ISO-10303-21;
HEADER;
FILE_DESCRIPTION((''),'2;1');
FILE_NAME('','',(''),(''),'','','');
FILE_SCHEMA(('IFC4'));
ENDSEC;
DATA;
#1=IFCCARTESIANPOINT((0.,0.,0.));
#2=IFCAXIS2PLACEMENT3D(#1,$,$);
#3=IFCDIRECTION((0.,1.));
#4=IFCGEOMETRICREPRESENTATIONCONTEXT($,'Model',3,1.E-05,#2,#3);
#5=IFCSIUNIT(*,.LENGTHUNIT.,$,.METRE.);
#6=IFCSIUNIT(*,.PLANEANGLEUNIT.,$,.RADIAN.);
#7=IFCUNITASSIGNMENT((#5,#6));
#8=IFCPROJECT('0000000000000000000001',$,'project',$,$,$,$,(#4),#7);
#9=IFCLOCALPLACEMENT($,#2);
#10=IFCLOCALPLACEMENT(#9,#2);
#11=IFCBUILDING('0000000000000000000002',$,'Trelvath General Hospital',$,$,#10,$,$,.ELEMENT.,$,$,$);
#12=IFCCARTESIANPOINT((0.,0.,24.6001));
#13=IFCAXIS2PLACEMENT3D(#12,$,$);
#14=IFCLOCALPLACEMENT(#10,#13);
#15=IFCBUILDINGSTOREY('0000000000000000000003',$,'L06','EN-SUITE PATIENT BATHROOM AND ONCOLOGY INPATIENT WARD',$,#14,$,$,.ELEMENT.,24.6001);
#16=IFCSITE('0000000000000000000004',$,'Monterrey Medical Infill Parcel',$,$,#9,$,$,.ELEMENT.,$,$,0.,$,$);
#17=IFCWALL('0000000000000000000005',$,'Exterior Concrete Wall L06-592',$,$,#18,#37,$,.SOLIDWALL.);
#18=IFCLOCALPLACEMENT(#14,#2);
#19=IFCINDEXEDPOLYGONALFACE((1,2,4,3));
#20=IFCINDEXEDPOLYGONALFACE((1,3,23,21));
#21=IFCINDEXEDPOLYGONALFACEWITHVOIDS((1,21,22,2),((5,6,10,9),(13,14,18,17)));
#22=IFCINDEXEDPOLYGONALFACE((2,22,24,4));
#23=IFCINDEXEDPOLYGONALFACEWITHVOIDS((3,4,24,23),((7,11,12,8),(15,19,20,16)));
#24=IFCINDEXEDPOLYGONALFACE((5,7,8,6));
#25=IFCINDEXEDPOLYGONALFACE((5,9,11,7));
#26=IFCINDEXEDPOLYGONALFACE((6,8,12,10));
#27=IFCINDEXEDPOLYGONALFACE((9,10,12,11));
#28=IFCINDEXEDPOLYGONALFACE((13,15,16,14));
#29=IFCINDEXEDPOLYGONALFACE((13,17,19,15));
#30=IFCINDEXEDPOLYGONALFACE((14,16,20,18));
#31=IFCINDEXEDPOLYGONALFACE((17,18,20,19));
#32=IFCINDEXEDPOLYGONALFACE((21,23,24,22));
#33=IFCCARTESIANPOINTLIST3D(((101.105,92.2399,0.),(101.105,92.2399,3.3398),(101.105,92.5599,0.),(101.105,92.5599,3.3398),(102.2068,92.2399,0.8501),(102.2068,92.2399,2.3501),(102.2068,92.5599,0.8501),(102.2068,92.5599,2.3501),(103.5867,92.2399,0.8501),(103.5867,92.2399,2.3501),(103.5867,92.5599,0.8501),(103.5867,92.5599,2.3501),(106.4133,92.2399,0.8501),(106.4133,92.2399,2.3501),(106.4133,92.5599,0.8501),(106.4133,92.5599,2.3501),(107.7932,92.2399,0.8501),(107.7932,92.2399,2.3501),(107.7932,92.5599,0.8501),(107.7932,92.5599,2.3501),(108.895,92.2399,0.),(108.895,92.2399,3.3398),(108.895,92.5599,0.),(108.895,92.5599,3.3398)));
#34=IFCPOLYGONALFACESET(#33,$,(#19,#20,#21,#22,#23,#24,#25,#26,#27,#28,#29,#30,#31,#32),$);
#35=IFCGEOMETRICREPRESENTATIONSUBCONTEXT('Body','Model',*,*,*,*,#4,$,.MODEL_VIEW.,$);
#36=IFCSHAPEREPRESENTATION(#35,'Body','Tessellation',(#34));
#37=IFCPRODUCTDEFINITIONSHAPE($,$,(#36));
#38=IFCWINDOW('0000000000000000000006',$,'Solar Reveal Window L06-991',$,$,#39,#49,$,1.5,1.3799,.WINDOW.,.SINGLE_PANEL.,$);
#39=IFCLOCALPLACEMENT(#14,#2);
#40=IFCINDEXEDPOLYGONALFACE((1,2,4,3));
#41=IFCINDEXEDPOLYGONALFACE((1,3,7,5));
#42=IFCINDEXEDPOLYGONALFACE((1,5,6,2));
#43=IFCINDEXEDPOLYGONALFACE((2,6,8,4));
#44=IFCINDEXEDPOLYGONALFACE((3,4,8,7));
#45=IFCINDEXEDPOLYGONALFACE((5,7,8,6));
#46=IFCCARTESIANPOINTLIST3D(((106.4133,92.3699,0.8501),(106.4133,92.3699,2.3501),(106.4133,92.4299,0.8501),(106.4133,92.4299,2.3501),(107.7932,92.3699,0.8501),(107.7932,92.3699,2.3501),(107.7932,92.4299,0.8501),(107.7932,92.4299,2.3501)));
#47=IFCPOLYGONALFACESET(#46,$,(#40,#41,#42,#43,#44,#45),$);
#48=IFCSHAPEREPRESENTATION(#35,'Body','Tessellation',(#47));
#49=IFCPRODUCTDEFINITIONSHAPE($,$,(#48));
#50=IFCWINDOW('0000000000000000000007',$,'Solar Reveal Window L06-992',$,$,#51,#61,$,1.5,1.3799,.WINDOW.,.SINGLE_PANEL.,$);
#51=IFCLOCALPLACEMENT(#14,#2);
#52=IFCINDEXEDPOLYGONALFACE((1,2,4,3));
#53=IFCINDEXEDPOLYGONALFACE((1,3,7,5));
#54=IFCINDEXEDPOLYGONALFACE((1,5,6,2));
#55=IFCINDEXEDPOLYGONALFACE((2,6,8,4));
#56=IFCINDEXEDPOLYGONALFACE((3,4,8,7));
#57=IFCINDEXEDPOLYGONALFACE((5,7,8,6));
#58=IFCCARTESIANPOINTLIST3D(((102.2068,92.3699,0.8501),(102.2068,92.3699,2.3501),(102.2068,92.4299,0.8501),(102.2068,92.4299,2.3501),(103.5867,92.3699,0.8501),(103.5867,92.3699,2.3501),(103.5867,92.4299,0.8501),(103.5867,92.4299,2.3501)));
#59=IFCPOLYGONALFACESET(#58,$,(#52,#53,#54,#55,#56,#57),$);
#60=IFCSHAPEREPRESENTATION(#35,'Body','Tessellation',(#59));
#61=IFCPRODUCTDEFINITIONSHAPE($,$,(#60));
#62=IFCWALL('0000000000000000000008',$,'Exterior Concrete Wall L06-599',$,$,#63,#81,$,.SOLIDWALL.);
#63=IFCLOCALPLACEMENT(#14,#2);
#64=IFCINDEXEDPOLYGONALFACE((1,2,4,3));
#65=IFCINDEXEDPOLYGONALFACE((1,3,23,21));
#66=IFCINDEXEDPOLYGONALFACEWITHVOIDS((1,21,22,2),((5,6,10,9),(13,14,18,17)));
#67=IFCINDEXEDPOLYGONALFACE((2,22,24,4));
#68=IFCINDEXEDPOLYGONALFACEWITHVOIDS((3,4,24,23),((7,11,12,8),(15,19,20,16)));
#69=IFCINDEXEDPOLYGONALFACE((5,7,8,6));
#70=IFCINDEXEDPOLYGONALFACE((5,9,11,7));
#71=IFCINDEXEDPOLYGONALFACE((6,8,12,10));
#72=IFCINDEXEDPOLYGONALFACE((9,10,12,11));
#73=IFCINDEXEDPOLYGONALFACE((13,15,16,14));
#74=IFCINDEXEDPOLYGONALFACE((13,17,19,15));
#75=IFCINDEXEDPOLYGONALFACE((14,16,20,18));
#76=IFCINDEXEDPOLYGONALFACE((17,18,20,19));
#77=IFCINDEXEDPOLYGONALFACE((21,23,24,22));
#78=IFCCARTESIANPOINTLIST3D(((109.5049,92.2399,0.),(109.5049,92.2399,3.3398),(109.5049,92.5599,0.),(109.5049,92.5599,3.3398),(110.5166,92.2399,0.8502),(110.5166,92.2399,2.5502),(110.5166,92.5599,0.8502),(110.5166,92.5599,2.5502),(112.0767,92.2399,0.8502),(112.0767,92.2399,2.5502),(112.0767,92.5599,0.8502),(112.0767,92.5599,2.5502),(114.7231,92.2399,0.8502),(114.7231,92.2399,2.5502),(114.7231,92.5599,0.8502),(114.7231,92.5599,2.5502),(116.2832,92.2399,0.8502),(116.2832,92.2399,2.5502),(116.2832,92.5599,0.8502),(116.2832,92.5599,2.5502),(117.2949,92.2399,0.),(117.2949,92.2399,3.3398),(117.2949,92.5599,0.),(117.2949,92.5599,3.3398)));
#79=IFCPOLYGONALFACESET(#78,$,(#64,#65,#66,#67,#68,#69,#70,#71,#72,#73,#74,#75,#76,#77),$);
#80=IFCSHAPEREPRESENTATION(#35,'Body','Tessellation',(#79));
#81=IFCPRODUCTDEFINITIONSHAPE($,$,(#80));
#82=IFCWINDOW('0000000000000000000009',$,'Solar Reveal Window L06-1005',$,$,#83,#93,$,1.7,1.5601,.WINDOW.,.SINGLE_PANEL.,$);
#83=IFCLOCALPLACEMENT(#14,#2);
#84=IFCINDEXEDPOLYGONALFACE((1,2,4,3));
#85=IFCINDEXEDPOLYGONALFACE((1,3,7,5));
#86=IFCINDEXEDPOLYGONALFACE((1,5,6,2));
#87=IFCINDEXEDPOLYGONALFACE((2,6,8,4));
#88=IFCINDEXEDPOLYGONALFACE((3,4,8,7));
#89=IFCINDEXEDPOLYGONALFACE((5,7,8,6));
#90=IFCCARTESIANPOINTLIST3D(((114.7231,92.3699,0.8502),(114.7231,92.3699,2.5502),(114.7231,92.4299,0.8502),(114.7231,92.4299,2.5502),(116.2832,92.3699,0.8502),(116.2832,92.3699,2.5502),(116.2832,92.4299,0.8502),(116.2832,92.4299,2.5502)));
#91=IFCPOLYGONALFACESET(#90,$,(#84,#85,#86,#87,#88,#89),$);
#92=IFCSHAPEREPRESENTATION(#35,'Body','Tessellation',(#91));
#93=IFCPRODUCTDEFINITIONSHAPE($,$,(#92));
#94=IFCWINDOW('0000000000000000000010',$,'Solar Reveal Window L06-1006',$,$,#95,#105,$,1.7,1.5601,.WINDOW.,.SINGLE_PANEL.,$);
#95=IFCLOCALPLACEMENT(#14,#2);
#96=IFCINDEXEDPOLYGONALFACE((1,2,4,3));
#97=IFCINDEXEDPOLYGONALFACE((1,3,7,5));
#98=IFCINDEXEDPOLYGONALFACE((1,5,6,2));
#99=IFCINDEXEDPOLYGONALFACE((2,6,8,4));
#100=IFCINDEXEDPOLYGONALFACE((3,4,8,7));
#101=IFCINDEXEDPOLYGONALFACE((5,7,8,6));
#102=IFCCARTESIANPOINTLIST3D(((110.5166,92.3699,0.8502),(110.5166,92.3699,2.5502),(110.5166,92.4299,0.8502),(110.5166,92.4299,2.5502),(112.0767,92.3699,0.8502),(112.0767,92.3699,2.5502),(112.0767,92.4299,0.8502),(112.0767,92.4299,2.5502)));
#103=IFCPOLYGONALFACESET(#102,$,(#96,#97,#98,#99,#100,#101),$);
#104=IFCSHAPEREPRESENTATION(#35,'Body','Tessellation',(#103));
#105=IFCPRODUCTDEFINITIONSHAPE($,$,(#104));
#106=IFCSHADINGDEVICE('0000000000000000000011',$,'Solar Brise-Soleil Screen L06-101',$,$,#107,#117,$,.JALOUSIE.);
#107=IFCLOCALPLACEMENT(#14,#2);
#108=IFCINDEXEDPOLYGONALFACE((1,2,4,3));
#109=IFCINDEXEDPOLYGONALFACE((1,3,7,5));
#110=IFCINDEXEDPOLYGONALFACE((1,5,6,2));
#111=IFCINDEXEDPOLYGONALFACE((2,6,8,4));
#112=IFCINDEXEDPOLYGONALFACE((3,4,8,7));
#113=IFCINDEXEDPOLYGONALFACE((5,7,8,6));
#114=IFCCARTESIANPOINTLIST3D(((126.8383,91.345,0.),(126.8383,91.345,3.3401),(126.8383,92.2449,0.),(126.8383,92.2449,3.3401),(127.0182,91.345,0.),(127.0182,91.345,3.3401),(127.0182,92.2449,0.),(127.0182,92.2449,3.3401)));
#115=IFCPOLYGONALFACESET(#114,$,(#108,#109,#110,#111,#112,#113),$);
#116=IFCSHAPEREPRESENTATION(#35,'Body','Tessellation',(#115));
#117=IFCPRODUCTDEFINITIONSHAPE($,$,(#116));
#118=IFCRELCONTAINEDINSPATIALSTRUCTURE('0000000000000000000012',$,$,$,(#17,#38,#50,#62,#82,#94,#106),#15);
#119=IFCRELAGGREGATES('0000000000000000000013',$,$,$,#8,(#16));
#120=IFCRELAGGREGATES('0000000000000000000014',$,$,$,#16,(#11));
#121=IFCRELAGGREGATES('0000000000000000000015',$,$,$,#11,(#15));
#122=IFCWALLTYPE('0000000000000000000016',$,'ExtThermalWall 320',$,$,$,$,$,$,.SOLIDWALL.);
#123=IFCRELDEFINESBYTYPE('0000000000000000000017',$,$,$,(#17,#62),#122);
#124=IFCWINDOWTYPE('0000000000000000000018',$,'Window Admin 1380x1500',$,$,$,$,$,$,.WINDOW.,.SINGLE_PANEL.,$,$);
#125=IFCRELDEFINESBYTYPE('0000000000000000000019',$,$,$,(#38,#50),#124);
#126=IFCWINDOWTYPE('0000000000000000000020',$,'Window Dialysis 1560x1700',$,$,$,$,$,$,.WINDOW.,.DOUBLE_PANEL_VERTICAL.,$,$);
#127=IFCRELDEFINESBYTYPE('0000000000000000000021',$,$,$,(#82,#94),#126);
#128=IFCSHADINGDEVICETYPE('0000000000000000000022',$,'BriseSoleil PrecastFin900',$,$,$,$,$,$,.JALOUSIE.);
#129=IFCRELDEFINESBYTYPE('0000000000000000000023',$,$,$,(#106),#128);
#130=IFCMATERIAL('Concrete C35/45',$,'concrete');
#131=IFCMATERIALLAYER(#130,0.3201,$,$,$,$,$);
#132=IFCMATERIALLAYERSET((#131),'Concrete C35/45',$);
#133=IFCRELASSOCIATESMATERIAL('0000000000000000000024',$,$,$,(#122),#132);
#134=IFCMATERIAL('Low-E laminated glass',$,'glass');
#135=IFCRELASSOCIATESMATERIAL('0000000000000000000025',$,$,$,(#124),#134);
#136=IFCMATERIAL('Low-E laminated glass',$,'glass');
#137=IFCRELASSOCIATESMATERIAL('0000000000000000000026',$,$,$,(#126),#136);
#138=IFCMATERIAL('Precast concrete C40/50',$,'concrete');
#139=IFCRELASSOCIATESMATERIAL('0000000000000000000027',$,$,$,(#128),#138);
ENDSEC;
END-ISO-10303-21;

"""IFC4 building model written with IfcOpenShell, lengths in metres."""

from ifc_helpers import new_model, si_unit, direction, frame, frame_2d, origin, origin_2d, place, context, subcontext, project, spatial, rectangle, extrude, material, layer, layer_set, type_object, element, fill, save


model = new_model("IFC4")

# Units and contexts
model_context = context("Model", 3, precision=1e-05, world=origin(), true_north=direction((0.0, 1.0)))
body_context = subcontext(model_context, "Body", "Model", "MODEL_VIEW")
ifc_project = project(units=[si_unit("LENGTHUNIT", "METRE"), si_unit("PLANEANGLEUNIT", "RADIAN")], contexts=[model_context])

# Site, building, storey
site_placement = place(None, origin())
site = spatial("IfcSite", under=ifc_project, at=site_placement, Name="Monterrey Medical Infill Parcel", CompositionType="ELEMENT", RefElevation=0.0)
building_placement = place(site_placement, origin())
building = spatial("IfcBuilding", under=site, at=building_placement, Name="Trelvath General Hospital", CompositionType="ELEMENT")
storey_placement = place(building_placement, frame((0.0, 0.0, 24.6001)))
storey = spatial("IfcBuildingStorey", under=building, at=storey_placement, Name="L06", Description="EN-SUITE PATIENT BATHROOM AND ONCOLOGY INPATIENT WARD", CompositionType="ELEMENT", Elevation=24.6001)

# Walls, openings, windows
ifc_material_1 = material(Name="Concrete C35/45", Category="concrete")
ifc_layer_1 = layer(ifc_material_1, 0.3201)
ifc_layer_set_1 = layer_set([ifc_layer_1], Name="Concrete C35/45")
wall_type_1 = type_object("IfcWallType", Name="ExtThermalWall 320", PredefinedType="SOLIDWALL", material=ifc_layer_set_1)
wall_1_placement = place(storey_placement, frame((108.895, 92.3999, 0.0), z_axis=(0.0, 0.0, 1.0), x_axis=(-1.0, 0.0, 0.0)))
wall_1 = element("IfcWall", 1, at=wall_1_placement, inside=storey, type_object=wall_type_1, Name="Exterior Concrete Wall L06-592", PredefinedType="SOLIDWALL", context=body_context, shape_type="SweptSolid", body=[
    extrude(rectangle(XDim=7.79, YDim=0.3201, at=frame_2d((3.895, 0.0))), origin(), (0.0, 0.0, 1.0), 3.3398),
])
opening_1_placement = place(wall_1_placement, frame((1.1018, 0.0, 0.8501)))
opening_1 = element("IfcOpeningElement", 2, at=opening_1_placement, cuts=wall_1, PredefinedType="OPENING", context=body_context, shape_type="SweptSolid", body=[
    extrude(rectangle(XDim=1.3799, YDim=1.5, at=frame_2d((0.6899, 0.75))), frame((0.0, 0.1699, 0.0), z_axis=(0.0, -1.0, 0.0), x_axis=(1.0, 0.0, 0.0)), (0.0, 0.0, 1.0), 0.3401),
])
opening_2_placement = place(wall_1_placement, frame((5.3083, 0.0, 0.8501)))
opening_2 = element("IfcOpeningElement", 3, at=opening_2_placement, cuts=wall_1, PredefinedType="OPENING", context=body_context, shape_type="SweptSolid", body=[
    extrude(rectangle(XDim=1.3799, YDim=1.5, at=frame_2d((0.6899, 0.75))), frame((0.0, 0.1699, 0.0), z_axis=(0.0, -1.0, 0.0), x_axis=(1.0, 0.0, 0.0)), (0.0, 0.0, 1.0), 0.3401),
])
ifc_material_2 = material(Name="Low-E laminated glass", Category="glass")
window_type_1 = type_object("IfcWindowType", Name="Window Admin 1380x1500", PartitioningType="SINGLE_PANEL", PredefinedType="WINDOW", material=ifc_material_2)
window_1_placement = place(opening_1_placement, origin())
window_1 = element("IfcWindow", 4, at=window_1_placement, inside=storey, type_object=window_type_1, Name="Solar Reveal Window L06-991", OverallHeight=1.5, OverallWidth=1.3799, PartitioningType="SINGLE_PANEL", PredefinedType="WINDOW", context=body_context, shape_type="SweptSolid", body=[
    extrude(rectangle(XDim=1.3799, YDim=1.5, at=frame_2d((0.6899, 0.75))), frame((0.0, 0.03, 0.0), z_axis=(0.0, -1.0, 0.0), x_axis=(1.0, 0.0, 0.0)), (0.0, 0.0, 1.0), 0.0601),
])
fill(opening_1, window_1)
window_2_placement = place(opening_2_placement, origin())
window_2 = element("IfcWindow", 5, at=window_2_placement, inside=storey, type_object=window_type_1, Name="Solar Reveal Window L06-992", OverallHeight=1.5, OverallWidth=1.3799, PartitioningType="SINGLE_PANEL", PredefinedType="WINDOW", context=body_context, shape_type="SweptSolid", body=[
    extrude(rectangle(XDim=1.3799, YDim=1.5, at=frame_2d((0.6899, 0.75))), frame((0.0, 0.03, 0.0), z_axis=(0.0, -1.0, 0.0), x_axis=(1.0, 0.0, 0.0)), (0.0, 0.0, 1.0), 0.0601),
])
fill(opening_2, window_2)
wall_2_placement = place(storey_placement, frame((117.2949, 92.3999, 0.0), z_axis=(0.0, 0.0, 1.0), x_axis=(-1.0, 0.0, 0.0)))
wall_2 = element("IfcWall", 6, at=wall_2_placement, inside=storey, type_object=wall_type_1, Name="Exterior Concrete Wall L06-599", PredefinedType="SOLIDWALL", context=body_context, shape_type="SweptSolid", body=[
    extrude(rectangle(XDim=7.79, YDim=0.3201, at=frame_2d((3.895, 0.0))), origin(), (0.0, 0.0, 1.0), 3.3398),
])
opening_3_placement = place(wall_2_placement, frame((1.0117, 0.0, 0.8501)))
opening_3 = element("IfcOpeningElement", 7, at=opening_3_placement, cuts=wall_2, PredefinedType="OPENING", context=body_context, shape_type="SweptSolid", body=[
    extrude(rectangle(XDim=1.5601, YDim=1.7, at=frame_2d((0.78, 0.8501))), frame((0.0, 0.1699, 0.0), z_axis=(0.0, -1.0, 0.0), x_axis=(1.0, 0.0, 0.0)), (0.0, 0.0, 1.0), 0.3401),
])
opening_4_placement = place(wall_2_placement, frame((5.2183, 0.0, 0.8501)))
opening_4 = element("IfcOpeningElement", 8, at=opening_4_placement, cuts=wall_2, PredefinedType="OPENING", context=body_context, shape_type="SweptSolid", body=[
    extrude(rectangle(XDim=1.5601, YDim=1.7, at=frame_2d((0.78, 0.8501))), frame((0.0, 0.1699, 0.0), z_axis=(0.0, -1.0, 0.0), x_axis=(1.0, 0.0, 0.0)), (0.0, 0.0, 1.0), 0.3401),
])
ifc_material_3 = material(Name="Low-E laminated glass", Category="glass")
window_type_2 = type_object("IfcWindowType", Name="Window Dialysis 1560x1700", PartitioningType="DOUBLE_PANEL_VERTICAL", PredefinedType="WINDOW", material=ifc_material_3)
window_3_placement = place(opening_3_placement, origin())
window_3 = element("IfcWindow", 9, at=window_3_placement, inside=storey, type_object=window_type_2, Name="Solar Reveal Window L06-1005", OverallHeight=1.7, OverallWidth=1.5601, PartitioningType="SINGLE_PANEL", PredefinedType="WINDOW", context=body_context, shape_type="SweptSolid", body=[
    extrude(rectangle(XDim=1.5601, YDim=1.7, at=frame_2d((0.78, 0.8501))), frame((0.0, 0.03, 0.0), z_axis=(0.0, -1.0, 0.0), x_axis=(1.0, 0.0, 0.0)), (0.0, 0.0, 1.0), 0.0601),
])
fill(opening_3, window_3)
window_4_placement = place(opening_4_placement, origin())
window_4 = element("IfcWindow", 10, at=window_4_placement, inside=storey, type_object=window_type_2, Name="Solar Reveal Window L06-1006", OverallHeight=1.7, OverallWidth=1.5601, PartitioningType="SINGLE_PANEL", PredefinedType="WINDOW", context=body_context, shape_type="SweptSolid", body=[
    extrude(rectangle(XDim=1.5601, YDim=1.7, at=frame_2d((0.78, 0.8501))), frame((0.0, 0.03, 0.0), z_axis=(0.0, -1.0, 0.0), x_axis=(1.0, 0.0, 0.0)), (0.0, 0.0, 1.0), 0.0601),
])
fill(opening_4, window_4)

# Shading device
ifc_material_4 = material(Name="Precast concrete C40/50", Category="concrete")
shading_device_type = type_object("IfcShadingDeviceType", Name="BriseSoleil PrecastFin900", PredefinedType="JALOUSIE", material=ifc_material_4)
shading_device_placement = place(storey_placement, frame((126.9282, 91.7949, 0.0), z_axis=(0.0, 0.0, 1.0), x_axis=(0.0, -1.0, 0.0)))
element("IfcShadingDevice", 11, at=shading_device_placement, inside=storey, type_object=shading_device_type, Name="Solar Brise-Soleil Screen L06-101", PredefinedType="JALOUSIE", context=body_context, shape_type="SweptSolid", body=[
    extrude(rectangle(XDim=0.8999, YDim=0.1799, at=origin_2d()), origin(), (0.0, 0.0, 1.0), 3.3401),
])

save(model, "model.ifc")
